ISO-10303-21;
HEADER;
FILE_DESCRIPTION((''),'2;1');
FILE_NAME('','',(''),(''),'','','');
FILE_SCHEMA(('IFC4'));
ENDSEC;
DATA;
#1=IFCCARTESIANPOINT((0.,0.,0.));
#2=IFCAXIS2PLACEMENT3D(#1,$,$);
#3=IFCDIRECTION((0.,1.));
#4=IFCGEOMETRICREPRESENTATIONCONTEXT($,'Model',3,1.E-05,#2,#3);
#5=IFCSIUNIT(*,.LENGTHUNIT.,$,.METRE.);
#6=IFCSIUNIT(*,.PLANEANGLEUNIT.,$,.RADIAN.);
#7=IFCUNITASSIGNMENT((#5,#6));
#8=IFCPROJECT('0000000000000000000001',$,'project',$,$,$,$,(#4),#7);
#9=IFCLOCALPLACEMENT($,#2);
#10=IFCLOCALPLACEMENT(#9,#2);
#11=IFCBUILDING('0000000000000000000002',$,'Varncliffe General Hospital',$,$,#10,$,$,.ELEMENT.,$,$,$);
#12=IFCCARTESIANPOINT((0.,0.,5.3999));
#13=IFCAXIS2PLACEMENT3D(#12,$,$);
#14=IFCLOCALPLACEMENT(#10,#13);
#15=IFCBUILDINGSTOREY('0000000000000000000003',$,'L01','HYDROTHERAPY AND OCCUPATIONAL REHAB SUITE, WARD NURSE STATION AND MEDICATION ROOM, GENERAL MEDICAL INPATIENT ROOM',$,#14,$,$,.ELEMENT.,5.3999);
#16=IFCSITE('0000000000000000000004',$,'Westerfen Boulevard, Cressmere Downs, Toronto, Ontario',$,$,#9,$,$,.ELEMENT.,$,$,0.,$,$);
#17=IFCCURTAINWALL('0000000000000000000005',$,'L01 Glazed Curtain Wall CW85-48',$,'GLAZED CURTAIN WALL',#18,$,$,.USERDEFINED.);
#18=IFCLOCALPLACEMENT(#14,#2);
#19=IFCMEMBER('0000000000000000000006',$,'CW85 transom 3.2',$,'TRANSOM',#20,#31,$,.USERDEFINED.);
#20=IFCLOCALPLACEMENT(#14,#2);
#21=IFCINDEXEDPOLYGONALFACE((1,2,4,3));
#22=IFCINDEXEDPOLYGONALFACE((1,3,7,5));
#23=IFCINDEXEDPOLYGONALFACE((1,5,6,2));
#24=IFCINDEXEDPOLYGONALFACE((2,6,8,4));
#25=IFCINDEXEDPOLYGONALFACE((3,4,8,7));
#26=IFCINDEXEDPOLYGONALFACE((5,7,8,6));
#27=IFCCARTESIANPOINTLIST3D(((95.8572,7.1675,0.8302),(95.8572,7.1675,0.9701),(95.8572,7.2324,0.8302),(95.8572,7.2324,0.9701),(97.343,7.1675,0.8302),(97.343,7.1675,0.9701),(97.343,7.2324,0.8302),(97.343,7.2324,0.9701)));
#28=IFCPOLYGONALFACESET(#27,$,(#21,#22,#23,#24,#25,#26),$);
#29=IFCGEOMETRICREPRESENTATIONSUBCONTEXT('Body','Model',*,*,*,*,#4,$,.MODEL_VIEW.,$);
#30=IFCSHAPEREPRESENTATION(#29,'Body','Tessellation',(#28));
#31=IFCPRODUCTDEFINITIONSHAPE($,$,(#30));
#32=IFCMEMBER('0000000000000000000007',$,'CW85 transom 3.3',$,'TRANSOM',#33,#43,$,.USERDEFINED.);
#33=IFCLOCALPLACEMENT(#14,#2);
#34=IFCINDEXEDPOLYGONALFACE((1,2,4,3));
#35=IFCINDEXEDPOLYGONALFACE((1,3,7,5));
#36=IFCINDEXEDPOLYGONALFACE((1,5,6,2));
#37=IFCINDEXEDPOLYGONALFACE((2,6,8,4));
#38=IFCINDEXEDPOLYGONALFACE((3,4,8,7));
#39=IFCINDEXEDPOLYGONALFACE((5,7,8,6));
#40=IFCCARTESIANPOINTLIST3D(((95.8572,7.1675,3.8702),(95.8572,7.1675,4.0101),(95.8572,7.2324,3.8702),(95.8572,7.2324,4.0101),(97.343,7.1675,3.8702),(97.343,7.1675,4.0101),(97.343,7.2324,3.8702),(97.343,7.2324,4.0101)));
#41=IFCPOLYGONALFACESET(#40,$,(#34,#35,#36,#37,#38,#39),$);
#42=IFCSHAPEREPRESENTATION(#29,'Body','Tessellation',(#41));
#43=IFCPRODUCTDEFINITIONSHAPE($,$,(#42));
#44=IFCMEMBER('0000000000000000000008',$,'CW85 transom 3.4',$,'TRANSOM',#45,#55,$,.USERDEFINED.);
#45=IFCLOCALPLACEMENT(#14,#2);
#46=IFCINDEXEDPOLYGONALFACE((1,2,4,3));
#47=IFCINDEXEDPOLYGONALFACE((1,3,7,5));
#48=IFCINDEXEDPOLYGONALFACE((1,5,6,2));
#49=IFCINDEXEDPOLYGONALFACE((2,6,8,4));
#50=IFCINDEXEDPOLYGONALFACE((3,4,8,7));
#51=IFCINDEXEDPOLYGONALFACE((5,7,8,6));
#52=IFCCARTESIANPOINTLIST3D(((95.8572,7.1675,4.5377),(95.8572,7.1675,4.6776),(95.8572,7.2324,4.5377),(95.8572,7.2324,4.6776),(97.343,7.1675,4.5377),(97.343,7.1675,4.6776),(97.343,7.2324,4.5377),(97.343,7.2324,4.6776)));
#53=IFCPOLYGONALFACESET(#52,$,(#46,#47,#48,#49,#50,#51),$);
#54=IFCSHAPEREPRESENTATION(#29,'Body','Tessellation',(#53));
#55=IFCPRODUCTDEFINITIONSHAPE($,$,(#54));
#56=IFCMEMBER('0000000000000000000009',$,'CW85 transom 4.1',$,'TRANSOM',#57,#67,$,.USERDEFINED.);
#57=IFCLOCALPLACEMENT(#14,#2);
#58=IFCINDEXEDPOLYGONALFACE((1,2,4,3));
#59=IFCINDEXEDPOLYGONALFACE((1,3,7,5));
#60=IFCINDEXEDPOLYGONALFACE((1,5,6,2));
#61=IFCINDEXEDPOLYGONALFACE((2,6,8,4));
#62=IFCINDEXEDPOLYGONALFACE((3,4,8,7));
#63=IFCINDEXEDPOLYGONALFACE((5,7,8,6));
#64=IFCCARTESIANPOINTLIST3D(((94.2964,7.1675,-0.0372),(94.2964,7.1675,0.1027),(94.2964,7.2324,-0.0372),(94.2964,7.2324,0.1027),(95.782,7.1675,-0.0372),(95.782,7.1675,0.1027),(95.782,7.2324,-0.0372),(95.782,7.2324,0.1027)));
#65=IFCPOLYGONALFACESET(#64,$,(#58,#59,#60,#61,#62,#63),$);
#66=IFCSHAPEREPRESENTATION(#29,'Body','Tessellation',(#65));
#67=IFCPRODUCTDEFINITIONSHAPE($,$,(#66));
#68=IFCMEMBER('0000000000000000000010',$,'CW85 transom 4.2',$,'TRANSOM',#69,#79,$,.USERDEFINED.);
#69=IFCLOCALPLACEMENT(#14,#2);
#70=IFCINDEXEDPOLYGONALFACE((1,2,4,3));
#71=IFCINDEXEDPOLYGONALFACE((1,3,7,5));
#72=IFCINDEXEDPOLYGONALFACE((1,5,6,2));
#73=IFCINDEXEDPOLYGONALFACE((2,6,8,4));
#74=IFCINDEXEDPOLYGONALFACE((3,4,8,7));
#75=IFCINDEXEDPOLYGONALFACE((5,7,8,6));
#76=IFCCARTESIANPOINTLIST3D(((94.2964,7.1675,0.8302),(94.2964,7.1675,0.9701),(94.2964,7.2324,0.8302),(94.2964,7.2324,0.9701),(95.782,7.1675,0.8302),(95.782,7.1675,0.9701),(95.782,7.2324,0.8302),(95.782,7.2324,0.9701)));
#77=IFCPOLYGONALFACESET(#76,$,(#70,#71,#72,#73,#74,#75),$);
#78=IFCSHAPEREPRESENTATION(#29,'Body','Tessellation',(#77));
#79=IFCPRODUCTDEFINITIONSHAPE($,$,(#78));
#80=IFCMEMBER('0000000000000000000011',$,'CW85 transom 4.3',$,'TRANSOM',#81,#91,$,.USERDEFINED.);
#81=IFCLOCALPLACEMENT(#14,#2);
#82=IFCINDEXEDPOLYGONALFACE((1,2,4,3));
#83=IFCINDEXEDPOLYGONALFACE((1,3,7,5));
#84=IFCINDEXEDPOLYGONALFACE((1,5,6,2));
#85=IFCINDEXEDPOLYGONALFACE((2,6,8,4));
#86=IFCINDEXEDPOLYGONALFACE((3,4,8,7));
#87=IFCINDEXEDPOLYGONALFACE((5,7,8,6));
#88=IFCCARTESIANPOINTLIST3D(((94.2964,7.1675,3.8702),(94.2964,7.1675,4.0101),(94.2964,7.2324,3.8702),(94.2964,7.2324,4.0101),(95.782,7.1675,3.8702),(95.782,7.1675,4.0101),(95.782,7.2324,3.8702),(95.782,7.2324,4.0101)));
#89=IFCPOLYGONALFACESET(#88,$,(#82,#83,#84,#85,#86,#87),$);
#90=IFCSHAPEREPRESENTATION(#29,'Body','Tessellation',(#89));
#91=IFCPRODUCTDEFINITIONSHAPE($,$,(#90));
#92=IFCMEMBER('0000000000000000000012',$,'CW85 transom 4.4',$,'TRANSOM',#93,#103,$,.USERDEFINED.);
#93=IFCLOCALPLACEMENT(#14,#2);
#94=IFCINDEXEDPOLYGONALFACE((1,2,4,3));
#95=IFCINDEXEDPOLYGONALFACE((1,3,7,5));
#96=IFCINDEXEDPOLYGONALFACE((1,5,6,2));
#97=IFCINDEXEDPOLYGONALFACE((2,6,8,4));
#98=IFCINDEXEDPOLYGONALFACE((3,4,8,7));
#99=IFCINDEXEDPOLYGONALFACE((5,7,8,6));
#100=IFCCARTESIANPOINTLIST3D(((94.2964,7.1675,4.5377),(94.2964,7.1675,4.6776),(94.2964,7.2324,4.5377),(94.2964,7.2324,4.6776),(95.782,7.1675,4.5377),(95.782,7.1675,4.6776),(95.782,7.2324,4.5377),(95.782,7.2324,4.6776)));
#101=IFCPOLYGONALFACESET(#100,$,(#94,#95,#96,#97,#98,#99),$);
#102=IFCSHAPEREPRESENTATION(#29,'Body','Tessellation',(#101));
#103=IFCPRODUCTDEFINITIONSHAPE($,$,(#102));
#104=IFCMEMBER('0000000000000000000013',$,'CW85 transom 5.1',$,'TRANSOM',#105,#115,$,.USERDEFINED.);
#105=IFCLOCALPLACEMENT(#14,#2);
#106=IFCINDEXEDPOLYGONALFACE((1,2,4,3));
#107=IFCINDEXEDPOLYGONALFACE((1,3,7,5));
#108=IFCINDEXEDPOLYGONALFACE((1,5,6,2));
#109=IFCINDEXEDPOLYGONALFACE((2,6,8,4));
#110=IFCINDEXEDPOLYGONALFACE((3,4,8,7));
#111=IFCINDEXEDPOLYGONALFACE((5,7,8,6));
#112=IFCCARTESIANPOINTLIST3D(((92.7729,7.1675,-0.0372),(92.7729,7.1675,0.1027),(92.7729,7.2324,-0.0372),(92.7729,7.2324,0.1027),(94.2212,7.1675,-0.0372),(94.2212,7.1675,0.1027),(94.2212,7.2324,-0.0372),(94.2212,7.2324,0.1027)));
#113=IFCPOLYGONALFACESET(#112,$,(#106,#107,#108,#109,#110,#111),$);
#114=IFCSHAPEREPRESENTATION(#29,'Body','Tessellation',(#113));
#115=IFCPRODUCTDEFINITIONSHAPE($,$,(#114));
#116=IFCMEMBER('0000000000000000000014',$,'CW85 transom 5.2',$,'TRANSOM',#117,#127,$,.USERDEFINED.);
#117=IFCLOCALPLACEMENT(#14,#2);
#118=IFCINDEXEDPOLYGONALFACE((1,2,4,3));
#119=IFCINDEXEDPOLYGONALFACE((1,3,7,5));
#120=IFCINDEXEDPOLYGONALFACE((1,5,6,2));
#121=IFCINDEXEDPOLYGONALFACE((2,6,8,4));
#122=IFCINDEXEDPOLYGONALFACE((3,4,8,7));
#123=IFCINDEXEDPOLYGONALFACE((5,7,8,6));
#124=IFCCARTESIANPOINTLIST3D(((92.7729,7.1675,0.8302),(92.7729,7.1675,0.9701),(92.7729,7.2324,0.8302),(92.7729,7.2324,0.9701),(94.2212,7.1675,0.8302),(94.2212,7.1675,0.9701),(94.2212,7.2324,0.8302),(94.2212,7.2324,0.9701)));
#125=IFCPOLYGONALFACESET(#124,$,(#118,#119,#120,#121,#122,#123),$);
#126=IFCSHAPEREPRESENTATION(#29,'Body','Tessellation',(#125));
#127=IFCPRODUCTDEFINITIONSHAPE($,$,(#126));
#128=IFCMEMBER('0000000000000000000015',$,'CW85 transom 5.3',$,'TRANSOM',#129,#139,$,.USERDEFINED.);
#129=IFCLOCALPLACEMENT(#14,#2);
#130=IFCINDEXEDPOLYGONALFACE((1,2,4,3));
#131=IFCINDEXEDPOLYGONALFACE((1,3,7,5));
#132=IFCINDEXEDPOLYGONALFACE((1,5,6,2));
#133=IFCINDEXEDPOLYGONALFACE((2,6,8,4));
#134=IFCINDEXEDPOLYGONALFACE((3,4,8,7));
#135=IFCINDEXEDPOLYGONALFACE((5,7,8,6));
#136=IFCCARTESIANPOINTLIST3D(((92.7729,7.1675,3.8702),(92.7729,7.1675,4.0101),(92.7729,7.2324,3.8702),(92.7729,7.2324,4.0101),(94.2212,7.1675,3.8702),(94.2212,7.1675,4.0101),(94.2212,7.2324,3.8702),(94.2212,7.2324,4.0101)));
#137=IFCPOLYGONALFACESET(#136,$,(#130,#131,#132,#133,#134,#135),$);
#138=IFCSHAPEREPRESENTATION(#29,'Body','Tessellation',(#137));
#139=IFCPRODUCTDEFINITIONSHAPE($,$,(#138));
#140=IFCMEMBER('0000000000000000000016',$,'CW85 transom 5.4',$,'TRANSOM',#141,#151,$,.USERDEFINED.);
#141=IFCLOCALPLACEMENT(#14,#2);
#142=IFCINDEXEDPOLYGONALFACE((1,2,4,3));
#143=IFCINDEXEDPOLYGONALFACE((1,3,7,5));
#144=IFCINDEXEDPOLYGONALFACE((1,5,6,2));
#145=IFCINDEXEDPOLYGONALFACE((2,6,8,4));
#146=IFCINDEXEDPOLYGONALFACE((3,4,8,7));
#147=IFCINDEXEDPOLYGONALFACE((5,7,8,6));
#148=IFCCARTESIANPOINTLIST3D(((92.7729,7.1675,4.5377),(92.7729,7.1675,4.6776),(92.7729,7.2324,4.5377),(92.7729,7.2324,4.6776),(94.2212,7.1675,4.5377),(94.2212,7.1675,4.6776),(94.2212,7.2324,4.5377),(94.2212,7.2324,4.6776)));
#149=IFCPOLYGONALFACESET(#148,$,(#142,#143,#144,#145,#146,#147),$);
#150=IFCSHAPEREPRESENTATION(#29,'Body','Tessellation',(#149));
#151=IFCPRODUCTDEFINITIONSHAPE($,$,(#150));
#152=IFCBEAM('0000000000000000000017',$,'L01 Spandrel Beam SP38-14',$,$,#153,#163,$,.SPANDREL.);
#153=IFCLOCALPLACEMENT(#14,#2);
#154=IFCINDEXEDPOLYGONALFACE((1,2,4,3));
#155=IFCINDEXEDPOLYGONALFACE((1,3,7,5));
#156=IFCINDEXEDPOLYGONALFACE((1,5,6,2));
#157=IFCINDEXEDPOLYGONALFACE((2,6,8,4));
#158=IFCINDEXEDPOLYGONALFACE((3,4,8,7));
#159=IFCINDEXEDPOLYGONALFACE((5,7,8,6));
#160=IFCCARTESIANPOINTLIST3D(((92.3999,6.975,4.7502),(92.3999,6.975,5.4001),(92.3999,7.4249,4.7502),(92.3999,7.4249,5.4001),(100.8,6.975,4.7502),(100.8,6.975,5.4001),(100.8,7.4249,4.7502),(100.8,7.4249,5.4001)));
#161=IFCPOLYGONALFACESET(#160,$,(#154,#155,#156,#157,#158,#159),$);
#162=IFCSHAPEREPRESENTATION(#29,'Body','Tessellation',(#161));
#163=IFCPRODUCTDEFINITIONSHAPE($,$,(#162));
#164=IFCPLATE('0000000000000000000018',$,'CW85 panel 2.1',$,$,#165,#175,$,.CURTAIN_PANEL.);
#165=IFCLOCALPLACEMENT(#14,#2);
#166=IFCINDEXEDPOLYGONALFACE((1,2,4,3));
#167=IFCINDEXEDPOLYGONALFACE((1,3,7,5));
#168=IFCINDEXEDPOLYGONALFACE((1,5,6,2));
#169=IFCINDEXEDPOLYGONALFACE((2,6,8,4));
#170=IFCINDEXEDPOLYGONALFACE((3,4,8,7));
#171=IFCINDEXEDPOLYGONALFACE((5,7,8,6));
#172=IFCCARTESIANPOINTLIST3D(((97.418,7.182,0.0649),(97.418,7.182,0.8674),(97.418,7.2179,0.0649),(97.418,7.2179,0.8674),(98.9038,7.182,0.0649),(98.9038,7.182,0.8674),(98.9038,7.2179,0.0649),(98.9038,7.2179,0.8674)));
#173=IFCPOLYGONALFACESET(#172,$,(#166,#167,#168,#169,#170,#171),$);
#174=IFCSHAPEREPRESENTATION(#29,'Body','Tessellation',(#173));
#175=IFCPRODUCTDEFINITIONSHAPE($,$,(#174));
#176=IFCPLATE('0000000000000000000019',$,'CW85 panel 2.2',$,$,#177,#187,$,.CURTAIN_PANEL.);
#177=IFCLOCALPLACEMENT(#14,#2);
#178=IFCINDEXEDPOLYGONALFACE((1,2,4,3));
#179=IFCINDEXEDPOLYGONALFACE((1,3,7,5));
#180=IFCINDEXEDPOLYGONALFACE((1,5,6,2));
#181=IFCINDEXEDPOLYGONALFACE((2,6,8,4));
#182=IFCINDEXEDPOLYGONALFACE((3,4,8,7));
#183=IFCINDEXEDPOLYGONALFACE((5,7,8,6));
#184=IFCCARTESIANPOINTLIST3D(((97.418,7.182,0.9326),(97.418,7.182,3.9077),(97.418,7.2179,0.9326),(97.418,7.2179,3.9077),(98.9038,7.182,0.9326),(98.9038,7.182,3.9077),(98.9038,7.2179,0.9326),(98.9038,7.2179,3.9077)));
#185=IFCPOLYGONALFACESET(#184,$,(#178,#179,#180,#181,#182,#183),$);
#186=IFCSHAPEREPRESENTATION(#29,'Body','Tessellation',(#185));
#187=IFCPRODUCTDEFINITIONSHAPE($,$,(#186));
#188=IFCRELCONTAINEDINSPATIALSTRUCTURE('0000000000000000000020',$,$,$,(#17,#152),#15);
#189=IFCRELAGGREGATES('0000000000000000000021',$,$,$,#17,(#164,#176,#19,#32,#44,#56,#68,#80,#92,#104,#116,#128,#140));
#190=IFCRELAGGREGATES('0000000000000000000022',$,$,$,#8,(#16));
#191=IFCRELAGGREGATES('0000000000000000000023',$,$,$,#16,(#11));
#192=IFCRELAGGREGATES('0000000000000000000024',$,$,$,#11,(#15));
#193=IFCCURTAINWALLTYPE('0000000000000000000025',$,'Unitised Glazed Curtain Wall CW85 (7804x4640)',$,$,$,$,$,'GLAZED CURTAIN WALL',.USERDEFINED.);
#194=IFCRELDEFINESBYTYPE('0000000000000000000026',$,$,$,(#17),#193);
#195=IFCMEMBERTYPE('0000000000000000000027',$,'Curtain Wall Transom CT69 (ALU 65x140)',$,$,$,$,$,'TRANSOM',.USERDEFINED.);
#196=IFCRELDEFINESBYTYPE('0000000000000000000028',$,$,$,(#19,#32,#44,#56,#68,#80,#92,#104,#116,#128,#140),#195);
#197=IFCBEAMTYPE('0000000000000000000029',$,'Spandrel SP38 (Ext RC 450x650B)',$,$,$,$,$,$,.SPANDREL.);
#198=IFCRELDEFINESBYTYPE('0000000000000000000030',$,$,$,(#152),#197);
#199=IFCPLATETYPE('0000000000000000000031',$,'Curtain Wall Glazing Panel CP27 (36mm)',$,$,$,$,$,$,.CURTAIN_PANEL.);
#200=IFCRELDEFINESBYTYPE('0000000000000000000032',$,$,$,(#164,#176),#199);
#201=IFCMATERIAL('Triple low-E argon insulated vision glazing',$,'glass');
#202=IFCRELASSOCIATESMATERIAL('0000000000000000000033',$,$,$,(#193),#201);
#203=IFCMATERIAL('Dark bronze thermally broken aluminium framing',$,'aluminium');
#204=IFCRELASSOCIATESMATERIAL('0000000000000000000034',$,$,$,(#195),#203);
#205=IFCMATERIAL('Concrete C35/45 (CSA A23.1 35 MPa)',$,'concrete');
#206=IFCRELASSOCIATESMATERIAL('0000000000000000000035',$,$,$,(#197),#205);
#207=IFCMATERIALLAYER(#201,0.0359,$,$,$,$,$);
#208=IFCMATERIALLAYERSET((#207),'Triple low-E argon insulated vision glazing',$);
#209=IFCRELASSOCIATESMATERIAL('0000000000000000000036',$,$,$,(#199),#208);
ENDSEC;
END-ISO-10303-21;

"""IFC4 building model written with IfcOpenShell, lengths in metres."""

from ifc_helpers import new_model, si_unit, direction, frame, origin, origin_2d, place, context, subcontext, project, spatial, rectangle, extrude, material, layer, layer_set, material_profile, profile_set, type_object, element, aggregate, save


model = new_model("IFC4")

# Units and contexts
model_context = context("Model", 3, precision=1e-05, world=origin(), true_north=direction((0.0, 1.0)))
body_context = subcontext(model_context, "Body", "Model", "MODEL_VIEW")
ifc_project = project(units=[si_unit("LENGTHUNIT", "METRE"), si_unit("PLANEANGLEUNIT", "RADIAN")], contexts=[model_context])

# Site, building, storey
site_placement = place(None, origin())
site = spatial("IfcSite", under=ifc_project, at=site_placement, Name="Westerfen Boulevard, Cressmere Downs, Toronto, Ontario", CompositionType="ELEMENT", RefElevation=0.0)
building_placement = place(site_placement, origin())
building = spatial("IfcBuilding", under=site, at=building_placement, Name="Varncliffe General Hospital", CompositionType="ELEMENT")
storey_placement = place(building_placement, frame((0.0, 0.0, 5.3999)))
storey = spatial("IfcBuildingStorey", under=building, at=storey_placement, Name="L01", Description="HYDROTHERAPY AND OCCUPATIONAL REHAB SUITE, WARD NURSE STATION AND MEDICATION ROOM, GENERAL MEDICAL INPATIENT ROOM", CompositionType="ELEMENT", Elevation=5.3999)

# Shared definitions
ifc_material_1 = material(Name="Triple low-E argon insulated vision glazing", Category="glass")
ifc_material_2 = material(Name="Dark bronze thermally broken aluminium framing", Category="aluminium")

# Curtain wall
curtain_wall_type_1 = type_object("IfcCurtainWallType", Name="Unitised Glazed Curtain Wall CW85 (7804x4640)", ElementType="GLAZED CURTAIN WALL", PredefinedType="USERDEFINED", material=ifc_material_1)
curtain_wall_1_placement = place(storey_placement, origin())
curtain_wall_1 = element("IfcCurtainWall", 1, at=curtain_wall_1_placement, inside=storey, type_object=curtain_wall_type_1, Name="L01 Glazed Curtain Wall CW85-48", ObjectType="GLAZED CURTAIN WALL", PredefinedType="USERDEFINED")

# Members
ifc_material_profile_1 = material_profile(ifc_material_2, rectangle(XDim=0.0649, YDim=0.1399, at=origin_2d()), Name="ALU 65x140")
ifc_profile_set_1 = profile_set([ifc_material_profile_1], Name="Dark bronze thermally broken aluminium framing")
member_type_1 = type_object("IfcMemberType", Name="Curtain Wall Transom CT69 (ALU 65x140)", ElementType="TRANSOM", PredefinedType="USERDEFINED", material=ifc_profile_set_1)
member_1_placement = place(storey_placement, frame((97.343, 7.2, 0.9001), z_axis=(-1.0, 0.0, 0.0), x_axis=(0.0, -1.0, 0.0)))
member_1 = element("IfcMember", 2, at=member_1_placement, type_object=member_type_1, Name="CW85 transom 3.2", ObjectType="TRANSOM", PredefinedType="USERDEFINED", context=body_context, shape_type="SweptSolid", body=[
    extrude(rectangle(XDim=0.0649, YDim=0.1399, at=origin_2d()), origin(), (0.0, 0.0, 1.0), 1.4858),
])
member_2_placement = place(storey_placement, frame((97.343, 7.2, 3.9402), z_axis=(-1.0, 0.0, 0.0), x_axis=(0.0, -1.0, 0.0)))
member_2 = element("IfcMember", 3, at=member_2_placement, type_object=member_type_1, Name="CW85 transom 3.3", ObjectType="TRANSOM", PredefinedType="USERDEFINED", context=body_context, shape_type="SweptSolid", body=[
    extrude(rectangle(XDim=0.0649, YDim=0.1399, at=origin_2d()), origin(), (0.0, 0.0, 1.0), 1.4858),
])
member_3_placement = place(storey_placement, frame((97.343, 7.2, 4.6077), z_axis=(-1.0, 0.0, 0.0), x_axis=(0.0, -1.0, 0.0)))
member_3 = element("IfcMember", 4, at=member_3_placement, type_object=member_type_1, Name="CW85 transom 3.4", ObjectType="TRANSOM", PredefinedType="USERDEFINED", context=body_context, shape_type="SweptSolid", body=[
    extrude(rectangle(XDim=0.0649, YDim=0.1399, at=origin_2d()), origin(), (0.0, 0.0, 1.0), 1.4858),
])
member_4_placement = place(storey_placement, frame((95.782, 7.2, 0.0327), z_axis=(-1.0, 0.0, 0.0), x_axis=(0.0, -1.0, 0.0)))
member_4 = element("IfcMember", 5, at=member_4_placement, type_object=member_type_1, Name="CW85 transom 4.1", ObjectType="TRANSOM", PredefinedType="USERDEFINED", context=body_context, shape_type="SweptSolid", body=[
    extrude(rectangle(XDim=0.0649, YDim=0.1399, at=origin_2d()), origin(), (0.0, 0.0, 1.0), 1.4856),
])
member_5_placement = place(storey_placement, frame((95.782, 7.2, 0.9001), z_axis=(-1.0, 0.0, 0.0), x_axis=(0.0, -1.0, 0.0)))
member_5 = element("IfcMember", 6, at=member_5_placement, type_object=member_type_1, Name="CW85 transom 4.2", ObjectType="TRANSOM", PredefinedType="USERDEFINED", context=body_context, shape_type="SweptSolid", body=[
    extrude(rectangle(XDim=0.0649, YDim=0.1399, at=origin_2d()), origin(), (0.0, 0.0, 1.0), 1.4856),
])
member_6_placement = place(storey_placement, frame((95.782, 7.2, 3.9402), z_axis=(-1.0, 0.0, 0.0), x_axis=(0.0, -1.0, 0.0)))
member_6 = element("IfcMember", 7, at=member_6_placement, type_object=member_type_1, Name="CW85 transom 4.3", ObjectType="TRANSOM", PredefinedType="USERDEFINED", context=body_context, shape_type="SweptSolid", body=[
    extrude(rectangle(XDim=0.0649, YDim=0.1399, at=origin_2d()), origin(), (0.0, 0.0, 1.0), 1.4856),
])
member_7_placement = place(storey_placement, frame((95.782, 7.2, 4.6077), z_axis=(-1.0, 0.0, 0.0), x_axis=(0.0, -1.0, 0.0)))
member_7 = element("IfcMember", 8, at=member_7_placement, type_object=member_type_1, Name="CW85 transom 4.4", ObjectType="TRANSOM", PredefinedType="USERDEFINED", context=body_context, shape_type="SweptSolid", body=[
    extrude(rectangle(XDim=0.0649, YDim=0.1399, at=origin_2d()), origin(), (0.0, 0.0, 1.0), 1.4856),
])
member_8_placement = place(storey_placement, frame((94.2212, 7.2, 0.0327), z_axis=(-1.0, 0.0, 0.0), x_axis=(0.0, -1.0, 0.0)))
member_8 = element("IfcMember", 9, at=member_8_placement, type_object=member_type_1, Name="CW85 transom 5.1", ObjectType="TRANSOM", PredefinedType="USERDEFINED", context=body_context, shape_type="SweptSolid", body=[
    extrude(rectangle(XDim=0.0649, YDim=0.1399, at=origin_2d()), origin(), (0.0, 0.0, 1.0), 1.4482),
])
member_9_placement = place(storey_placement, frame((94.2212, 7.2, 0.9001), z_axis=(-1.0, 0.0, 0.0), x_axis=(0.0, -1.0, 0.0)))
member_9 = element("IfcMember", 10, at=member_9_placement, type_object=member_type_1, Name="CW85 transom 5.2", ObjectType="TRANSOM", PredefinedType="USERDEFINED", context=body_context, shape_type="SweptSolid", body=[
    extrude(rectangle(XDim=0.0649, YDim=0.1399, at=origin_2d()), origin(), (0.0, 0.0, 1.0), 1.4482),
])
member_10_placement = place(storey_placement, frame((94.2212, 7.2, 3.9402), z_axis=(-1.0, 0.0, 0.0), x_axis=(0.0, -1.0, 0.0)))
member_10 = element("IfcMember", 11, at=member_10_placement, type_object=member_type_1, Name="CW85 transom 5.3", ObjectType="TRANSOM", PredefinedType="USERDEFINED", context=body_context, shape_type="SweptSolid", body=[
    extrude(rectangle(XDim=0.0649, YDim=0.1399, at=origin_2d()), origin(), (0.0, 0.0, 1.0), 1.4482),
])
member_11_placement = place(storey_placement, frame((94.2212, 7.2, 4.6077), z_axis=(-1.0, 0.0, 0.0), x_axis=(0.0, -1.0, 0.0)))
member_11 = element("IfcMember", 12, at=member_11_placement, type_object=member_type_1, Name="CW85 transom 5.4", ObjectType="TRANSOM", PredefinedType="USERDEFINED", context=body_context, shape_type="SweptSolid", body=[
    extrude(rectangle(XDim=0.0649, YDim=0.1399, at=origin_2d()), origin(), (0.0, 0.0, 1.0), 1.4482),
])

# Beam
ifc_material_3 = material(Name="Concrete C35/45 (CSA A23.1 35 MPa)", Category="concrete")
ifc_material_profile_2 = material_profile(ifc_material_3, rectangle(XDim=0.45, YDim=0.6499, at=origin_2d()), Name="RC 450x650")
ifc_profile_set_2 = profile_set([ifc_material_profile_2], Name="Concrete C35/45 (CSA A23.1 35 MPa)")
beam_type = type_object("IfcBeamType", Name="Spandrel SP38 (Ext RC 450x650B)", PredefinedType="SPANDREL", material=ifc_profile_set_2)
beam_placement = place(storey_placement, frame((92.3999, 7.2, 5.0752), z_axis=(1.0, 0.0, 0.0), x_axis=(0.0, 1.0, 0.0)))
element("IfcBeam", 13, at=beam_placement, inside=storey, type_object=beam_type, Name="L01 Spandrel Beam SP38-14", PredefinedType="SPANDREL", context=body_context, shape_type="SweptSolid", body=[
    extrude(rectangle(XDim=0.45, YDim=0.6499, at=origin_2d()), origin(), (0.0, 0.0, 1.0), 8.4001),
])

# Plates
ifc_layer = layer(ifc_material_1, 0.0359)
ifc_layer_set = layer_set([ifc_layer], Name="Triple low-E argon insulated vision glazing")
plate_type = type_object("IfcPlateType", Name="Curtain Wall Glazing Panel CP27 (36mm)", PredefinedType="CURTAIN_PANEL", material=ifc_layer_set)
plate_1_placement = place(storey_placement, frame((98.1609, 7.2, 0.0649), z_axis=(0.0, 0.0, 1.0), x_axis=(-1.0, 0.0, 0.0)))
plate_1 = element("IfcPlate", 14, at=plate_1_placement, type_object=plate_type, Name="CW85 panel 2.1", PredefinedType="CURTAIN_PANEL", context=body_context, shape_type="SweptSolid", body=[
    extrude(rectangle(XDim=1.4858, YDim=0.0359, at=origin_2d()), origin(), (0.0, 0.0, 1.0), 0.8025),
])
plate_2_placement = place(storey_placement, frame((98.1609, 7.2, 0.9326), z_axis=(0.0, 0.0, 1.0), x_axis=(-1.0, 0.0, 0.0)))
plate_2 = element("IfcPlate", 15, at=plate_2_placement, type_object=plate_type, Name="CW85 panel 2.2", PredefinedType="CURTAIN_PANEL", context=body_context, shape_type="SweptSolid", body=[
    extrude(rectangle(XDim=1.4858, YDim=0.0359, at=origin_2d()), origin(), (0.0, 0.0, 1.0), 2.9751),
])
aggregate(curtain_wall_1, [plate_1, plate_2, member_1, member_2, member_3, member_4, member_5, member_6, member_7, member_8, member_9, member_10, member_11])

save(model, "model.ifc")
